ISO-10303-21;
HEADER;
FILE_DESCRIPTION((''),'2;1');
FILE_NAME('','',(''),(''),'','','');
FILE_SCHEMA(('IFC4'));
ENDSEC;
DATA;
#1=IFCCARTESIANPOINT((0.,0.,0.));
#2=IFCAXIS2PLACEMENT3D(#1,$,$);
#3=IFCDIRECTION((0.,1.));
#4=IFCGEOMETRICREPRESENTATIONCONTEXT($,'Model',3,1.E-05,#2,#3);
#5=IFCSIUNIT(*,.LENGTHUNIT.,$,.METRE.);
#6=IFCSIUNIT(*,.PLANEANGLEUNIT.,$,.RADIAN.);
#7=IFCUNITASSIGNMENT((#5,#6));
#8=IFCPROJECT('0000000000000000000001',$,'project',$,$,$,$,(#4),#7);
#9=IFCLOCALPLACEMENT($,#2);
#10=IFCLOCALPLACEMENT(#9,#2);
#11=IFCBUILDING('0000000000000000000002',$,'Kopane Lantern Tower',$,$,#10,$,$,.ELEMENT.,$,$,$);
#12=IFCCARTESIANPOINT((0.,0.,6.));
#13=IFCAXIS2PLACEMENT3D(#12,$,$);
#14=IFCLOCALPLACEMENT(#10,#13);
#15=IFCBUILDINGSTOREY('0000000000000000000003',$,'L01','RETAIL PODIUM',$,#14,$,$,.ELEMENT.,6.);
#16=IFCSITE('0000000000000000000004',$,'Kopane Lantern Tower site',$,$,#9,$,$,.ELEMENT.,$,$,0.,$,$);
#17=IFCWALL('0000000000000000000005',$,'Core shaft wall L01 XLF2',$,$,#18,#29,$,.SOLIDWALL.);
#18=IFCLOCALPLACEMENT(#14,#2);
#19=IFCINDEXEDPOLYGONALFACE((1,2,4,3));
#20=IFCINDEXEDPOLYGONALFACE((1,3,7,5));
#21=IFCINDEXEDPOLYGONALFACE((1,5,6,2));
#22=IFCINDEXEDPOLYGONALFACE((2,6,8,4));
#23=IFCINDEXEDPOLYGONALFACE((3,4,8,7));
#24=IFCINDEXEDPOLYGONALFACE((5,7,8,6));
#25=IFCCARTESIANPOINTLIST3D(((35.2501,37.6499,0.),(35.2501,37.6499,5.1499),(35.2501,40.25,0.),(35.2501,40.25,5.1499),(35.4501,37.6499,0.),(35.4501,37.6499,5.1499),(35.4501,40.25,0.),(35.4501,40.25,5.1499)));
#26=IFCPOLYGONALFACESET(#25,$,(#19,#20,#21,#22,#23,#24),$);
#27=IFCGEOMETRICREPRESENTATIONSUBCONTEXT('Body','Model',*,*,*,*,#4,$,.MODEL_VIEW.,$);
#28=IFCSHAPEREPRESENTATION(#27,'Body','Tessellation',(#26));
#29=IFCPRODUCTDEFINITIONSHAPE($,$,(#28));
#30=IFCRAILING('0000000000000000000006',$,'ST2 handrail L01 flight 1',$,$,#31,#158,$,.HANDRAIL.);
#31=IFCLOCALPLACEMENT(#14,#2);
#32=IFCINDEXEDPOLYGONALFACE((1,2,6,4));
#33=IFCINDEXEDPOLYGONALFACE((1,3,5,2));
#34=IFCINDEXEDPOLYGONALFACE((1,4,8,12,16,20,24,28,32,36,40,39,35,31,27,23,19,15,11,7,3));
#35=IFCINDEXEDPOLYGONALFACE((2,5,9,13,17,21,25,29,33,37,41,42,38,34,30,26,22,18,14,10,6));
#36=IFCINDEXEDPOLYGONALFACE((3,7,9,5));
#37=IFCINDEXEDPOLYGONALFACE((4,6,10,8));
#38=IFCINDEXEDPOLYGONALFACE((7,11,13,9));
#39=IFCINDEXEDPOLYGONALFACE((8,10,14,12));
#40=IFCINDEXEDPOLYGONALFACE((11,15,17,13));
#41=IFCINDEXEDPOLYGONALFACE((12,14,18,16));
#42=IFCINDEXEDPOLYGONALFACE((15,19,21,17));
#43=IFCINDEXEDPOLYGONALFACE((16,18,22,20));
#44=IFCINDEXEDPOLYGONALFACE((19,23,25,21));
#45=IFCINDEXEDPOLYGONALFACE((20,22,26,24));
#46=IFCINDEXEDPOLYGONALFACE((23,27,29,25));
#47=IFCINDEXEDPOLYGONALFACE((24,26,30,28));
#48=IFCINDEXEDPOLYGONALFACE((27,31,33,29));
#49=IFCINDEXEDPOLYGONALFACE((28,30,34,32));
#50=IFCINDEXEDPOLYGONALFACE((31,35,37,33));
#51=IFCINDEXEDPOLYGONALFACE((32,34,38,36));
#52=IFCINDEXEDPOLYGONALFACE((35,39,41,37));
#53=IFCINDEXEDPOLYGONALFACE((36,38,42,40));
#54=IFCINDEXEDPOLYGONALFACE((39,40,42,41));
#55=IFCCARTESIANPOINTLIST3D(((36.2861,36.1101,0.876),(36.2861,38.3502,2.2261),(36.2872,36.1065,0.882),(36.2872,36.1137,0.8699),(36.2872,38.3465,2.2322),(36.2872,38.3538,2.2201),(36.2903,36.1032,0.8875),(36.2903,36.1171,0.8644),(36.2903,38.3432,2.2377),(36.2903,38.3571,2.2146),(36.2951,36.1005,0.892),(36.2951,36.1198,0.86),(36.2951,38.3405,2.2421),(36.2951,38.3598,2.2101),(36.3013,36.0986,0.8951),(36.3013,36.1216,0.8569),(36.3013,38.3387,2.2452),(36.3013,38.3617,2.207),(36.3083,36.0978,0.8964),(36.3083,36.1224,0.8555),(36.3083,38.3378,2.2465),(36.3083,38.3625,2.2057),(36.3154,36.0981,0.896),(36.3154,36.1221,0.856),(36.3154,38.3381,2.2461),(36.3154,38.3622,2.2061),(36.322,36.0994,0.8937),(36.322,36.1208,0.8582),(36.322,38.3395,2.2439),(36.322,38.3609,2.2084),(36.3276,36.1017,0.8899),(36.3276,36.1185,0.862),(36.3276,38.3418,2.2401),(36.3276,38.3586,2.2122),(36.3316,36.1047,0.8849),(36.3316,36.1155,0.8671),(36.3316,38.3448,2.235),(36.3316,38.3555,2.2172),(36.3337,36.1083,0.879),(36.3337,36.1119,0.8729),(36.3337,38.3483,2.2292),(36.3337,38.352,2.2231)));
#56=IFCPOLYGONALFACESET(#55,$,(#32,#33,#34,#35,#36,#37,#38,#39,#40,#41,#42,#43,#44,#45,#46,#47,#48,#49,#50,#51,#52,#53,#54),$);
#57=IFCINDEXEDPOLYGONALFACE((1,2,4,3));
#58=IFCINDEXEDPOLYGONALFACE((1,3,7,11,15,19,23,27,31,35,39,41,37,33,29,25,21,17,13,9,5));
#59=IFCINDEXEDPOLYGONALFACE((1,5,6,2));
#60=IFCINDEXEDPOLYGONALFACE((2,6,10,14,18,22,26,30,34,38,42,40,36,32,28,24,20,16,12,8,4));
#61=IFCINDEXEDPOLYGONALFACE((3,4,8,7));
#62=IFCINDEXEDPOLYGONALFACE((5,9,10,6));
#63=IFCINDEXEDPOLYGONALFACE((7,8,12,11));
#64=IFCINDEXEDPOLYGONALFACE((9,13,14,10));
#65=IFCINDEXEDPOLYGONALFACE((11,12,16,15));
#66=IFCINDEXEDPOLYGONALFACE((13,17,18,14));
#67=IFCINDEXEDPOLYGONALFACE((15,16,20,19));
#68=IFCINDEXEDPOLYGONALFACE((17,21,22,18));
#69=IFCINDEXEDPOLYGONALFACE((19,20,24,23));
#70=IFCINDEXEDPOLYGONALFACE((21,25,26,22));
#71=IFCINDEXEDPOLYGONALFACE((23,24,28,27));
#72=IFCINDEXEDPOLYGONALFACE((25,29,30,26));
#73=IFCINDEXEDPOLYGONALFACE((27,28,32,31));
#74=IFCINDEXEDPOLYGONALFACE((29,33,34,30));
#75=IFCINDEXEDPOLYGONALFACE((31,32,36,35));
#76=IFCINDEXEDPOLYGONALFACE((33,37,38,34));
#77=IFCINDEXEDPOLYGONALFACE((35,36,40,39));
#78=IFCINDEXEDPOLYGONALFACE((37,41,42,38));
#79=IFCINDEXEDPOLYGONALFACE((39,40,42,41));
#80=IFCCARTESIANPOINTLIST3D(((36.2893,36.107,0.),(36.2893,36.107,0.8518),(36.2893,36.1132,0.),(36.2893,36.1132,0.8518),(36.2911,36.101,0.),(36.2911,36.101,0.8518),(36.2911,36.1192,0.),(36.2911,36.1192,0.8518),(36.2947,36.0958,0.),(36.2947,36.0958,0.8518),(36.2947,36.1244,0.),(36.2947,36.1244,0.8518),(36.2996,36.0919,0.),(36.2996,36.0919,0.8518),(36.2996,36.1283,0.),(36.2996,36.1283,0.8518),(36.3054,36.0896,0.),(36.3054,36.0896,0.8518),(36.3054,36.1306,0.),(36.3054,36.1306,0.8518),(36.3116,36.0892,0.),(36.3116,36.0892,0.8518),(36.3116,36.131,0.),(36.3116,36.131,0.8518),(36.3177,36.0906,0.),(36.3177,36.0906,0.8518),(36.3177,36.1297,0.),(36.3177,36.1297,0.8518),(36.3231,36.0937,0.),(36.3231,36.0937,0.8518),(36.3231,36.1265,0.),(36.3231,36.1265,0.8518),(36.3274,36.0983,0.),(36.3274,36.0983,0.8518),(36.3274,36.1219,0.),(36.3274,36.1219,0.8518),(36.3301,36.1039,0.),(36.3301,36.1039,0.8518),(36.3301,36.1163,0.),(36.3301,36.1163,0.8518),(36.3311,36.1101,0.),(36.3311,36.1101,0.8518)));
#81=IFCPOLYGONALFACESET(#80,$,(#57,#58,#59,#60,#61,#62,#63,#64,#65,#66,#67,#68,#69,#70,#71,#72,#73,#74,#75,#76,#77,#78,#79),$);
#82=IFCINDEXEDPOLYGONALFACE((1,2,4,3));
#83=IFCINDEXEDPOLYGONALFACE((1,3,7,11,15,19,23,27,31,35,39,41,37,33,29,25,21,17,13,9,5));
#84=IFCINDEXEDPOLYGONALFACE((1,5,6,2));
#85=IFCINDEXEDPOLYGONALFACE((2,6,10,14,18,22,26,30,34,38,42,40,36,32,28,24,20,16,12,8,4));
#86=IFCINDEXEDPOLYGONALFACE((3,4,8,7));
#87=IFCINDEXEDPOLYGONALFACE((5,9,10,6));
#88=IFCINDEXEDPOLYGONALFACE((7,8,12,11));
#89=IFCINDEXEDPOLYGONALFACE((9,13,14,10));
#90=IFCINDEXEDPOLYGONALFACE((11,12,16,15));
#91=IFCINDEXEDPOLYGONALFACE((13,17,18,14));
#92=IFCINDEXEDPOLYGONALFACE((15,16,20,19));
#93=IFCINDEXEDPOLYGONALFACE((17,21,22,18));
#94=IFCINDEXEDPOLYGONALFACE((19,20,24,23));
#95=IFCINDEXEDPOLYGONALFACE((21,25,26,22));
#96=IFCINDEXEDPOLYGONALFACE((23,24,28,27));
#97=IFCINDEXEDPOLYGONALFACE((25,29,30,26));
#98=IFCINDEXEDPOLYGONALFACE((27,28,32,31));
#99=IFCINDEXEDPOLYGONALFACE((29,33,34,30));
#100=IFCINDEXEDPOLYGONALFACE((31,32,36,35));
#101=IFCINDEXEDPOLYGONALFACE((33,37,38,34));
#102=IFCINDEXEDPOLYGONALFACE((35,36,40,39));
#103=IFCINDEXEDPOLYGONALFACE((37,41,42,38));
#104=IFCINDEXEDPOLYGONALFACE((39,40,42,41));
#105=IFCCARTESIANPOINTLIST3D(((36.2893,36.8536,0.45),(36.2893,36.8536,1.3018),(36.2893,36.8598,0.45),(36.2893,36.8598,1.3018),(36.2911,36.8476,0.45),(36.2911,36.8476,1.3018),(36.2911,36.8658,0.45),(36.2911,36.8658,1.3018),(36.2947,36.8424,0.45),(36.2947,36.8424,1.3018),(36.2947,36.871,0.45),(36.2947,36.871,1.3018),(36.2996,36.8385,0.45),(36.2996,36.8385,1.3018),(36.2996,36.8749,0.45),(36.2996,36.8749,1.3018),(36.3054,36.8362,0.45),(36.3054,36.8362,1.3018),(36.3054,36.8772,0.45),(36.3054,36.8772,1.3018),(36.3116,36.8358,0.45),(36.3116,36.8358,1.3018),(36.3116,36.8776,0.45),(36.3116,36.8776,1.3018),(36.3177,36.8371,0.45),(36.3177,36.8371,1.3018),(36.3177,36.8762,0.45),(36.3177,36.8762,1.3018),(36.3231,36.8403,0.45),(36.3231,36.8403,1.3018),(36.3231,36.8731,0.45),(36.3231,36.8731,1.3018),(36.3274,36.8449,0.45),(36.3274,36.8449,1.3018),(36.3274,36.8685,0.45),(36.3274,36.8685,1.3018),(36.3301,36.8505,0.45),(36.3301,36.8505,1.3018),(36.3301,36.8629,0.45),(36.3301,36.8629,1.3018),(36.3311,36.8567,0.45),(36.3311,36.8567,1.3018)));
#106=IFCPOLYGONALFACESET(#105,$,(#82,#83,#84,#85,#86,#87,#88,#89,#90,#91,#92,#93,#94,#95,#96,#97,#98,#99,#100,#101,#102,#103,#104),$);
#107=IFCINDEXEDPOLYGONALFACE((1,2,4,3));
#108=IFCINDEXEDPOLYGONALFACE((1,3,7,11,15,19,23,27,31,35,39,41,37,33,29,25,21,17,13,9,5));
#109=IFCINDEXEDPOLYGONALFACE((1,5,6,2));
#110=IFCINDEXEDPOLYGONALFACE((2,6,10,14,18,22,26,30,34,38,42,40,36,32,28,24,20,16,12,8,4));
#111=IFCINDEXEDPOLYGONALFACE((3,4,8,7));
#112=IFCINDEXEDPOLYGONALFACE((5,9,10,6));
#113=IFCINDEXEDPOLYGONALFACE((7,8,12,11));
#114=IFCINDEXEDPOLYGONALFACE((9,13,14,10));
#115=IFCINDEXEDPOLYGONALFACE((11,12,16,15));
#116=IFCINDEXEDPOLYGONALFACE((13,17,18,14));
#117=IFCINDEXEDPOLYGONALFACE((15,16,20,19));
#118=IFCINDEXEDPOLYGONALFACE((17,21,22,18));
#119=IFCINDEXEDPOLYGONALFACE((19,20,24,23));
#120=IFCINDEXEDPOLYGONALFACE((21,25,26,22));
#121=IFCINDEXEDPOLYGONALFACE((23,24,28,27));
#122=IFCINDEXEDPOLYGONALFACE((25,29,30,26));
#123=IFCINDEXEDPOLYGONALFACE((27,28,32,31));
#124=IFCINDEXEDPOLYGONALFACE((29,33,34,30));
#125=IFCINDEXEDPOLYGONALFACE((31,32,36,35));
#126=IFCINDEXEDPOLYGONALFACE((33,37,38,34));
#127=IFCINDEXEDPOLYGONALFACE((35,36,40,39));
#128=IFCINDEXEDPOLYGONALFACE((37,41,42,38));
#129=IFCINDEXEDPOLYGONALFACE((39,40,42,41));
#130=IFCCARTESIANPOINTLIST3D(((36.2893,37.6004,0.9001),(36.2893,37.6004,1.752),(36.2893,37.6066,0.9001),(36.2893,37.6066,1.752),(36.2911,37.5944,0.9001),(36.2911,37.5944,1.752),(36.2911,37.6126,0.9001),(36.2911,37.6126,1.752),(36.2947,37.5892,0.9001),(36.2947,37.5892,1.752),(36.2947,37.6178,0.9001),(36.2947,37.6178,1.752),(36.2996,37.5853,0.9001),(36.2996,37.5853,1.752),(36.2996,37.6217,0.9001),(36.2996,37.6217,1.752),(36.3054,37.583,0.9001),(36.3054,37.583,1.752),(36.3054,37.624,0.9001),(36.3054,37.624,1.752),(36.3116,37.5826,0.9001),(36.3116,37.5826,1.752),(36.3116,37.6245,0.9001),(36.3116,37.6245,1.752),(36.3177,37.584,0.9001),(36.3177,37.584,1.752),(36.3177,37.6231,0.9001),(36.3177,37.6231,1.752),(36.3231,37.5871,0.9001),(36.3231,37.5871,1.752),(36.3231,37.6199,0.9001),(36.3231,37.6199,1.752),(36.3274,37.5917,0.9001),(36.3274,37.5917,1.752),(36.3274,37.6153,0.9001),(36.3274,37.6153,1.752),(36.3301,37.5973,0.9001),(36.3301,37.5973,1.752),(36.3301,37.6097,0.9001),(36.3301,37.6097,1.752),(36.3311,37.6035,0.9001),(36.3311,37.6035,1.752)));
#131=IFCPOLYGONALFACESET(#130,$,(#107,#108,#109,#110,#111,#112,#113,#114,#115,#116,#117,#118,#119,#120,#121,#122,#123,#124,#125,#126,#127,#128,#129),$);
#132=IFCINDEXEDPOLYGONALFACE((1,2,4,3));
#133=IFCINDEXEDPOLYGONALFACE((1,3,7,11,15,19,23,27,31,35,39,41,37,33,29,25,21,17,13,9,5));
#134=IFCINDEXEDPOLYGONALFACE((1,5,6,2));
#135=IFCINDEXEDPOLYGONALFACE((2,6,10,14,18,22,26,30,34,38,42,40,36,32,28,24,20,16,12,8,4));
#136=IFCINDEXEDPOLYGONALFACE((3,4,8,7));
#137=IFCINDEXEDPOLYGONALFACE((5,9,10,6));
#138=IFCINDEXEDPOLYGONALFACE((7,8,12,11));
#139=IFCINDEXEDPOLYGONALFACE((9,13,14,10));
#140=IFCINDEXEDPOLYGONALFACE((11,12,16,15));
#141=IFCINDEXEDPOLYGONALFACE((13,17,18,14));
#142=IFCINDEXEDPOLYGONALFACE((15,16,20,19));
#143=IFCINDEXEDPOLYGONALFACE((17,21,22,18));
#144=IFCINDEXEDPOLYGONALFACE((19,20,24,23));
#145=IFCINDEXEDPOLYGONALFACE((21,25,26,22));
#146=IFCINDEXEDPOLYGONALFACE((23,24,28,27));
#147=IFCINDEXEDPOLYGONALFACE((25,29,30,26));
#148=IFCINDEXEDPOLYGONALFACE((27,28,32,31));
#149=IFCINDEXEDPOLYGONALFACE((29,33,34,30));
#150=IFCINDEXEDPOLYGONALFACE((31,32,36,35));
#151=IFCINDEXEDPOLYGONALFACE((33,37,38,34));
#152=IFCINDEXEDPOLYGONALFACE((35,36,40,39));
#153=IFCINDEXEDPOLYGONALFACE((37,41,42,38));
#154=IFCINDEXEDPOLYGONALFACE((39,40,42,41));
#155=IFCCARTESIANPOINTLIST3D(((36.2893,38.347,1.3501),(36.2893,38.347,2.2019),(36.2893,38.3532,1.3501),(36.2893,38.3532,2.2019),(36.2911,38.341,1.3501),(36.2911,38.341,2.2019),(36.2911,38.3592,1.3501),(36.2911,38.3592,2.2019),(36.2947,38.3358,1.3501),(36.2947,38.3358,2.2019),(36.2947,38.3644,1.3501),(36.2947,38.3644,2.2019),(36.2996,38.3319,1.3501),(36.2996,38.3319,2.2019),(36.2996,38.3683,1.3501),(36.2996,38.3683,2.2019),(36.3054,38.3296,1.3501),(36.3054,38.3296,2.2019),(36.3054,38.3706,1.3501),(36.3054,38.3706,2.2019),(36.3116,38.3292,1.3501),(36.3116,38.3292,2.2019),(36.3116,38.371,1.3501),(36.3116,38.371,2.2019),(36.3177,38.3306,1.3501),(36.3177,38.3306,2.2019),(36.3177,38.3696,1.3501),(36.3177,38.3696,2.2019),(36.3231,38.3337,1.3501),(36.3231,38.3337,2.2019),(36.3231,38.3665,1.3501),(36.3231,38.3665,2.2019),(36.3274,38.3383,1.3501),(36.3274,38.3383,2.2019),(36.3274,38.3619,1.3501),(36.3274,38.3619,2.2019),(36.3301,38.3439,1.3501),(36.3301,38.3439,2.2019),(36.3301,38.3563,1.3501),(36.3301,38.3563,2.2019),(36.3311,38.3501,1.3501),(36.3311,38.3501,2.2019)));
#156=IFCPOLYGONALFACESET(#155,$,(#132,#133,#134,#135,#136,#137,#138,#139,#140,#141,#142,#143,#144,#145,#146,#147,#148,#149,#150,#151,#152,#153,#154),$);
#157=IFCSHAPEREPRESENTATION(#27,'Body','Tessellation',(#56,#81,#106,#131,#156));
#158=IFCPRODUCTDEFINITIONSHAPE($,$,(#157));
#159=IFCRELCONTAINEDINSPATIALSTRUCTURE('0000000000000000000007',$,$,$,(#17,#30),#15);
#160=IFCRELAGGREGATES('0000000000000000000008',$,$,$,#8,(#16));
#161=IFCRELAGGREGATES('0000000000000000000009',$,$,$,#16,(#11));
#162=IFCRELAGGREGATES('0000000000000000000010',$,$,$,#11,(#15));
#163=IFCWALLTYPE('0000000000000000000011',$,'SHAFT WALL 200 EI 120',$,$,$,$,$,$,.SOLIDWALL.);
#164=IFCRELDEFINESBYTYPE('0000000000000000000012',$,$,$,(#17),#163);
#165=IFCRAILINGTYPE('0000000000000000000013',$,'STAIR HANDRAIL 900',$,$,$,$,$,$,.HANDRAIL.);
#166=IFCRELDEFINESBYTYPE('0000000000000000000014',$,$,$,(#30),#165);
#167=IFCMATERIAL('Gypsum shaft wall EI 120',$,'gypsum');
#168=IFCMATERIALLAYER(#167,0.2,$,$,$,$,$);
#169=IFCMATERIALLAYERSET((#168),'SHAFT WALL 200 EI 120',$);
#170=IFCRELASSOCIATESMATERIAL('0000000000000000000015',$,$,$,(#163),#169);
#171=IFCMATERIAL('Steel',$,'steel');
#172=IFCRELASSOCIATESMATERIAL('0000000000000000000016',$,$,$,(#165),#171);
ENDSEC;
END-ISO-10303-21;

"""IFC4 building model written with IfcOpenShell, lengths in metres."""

from ifc_helpers import new_model, si_unit, direction, frame, frame_2d, origin, origin_2d, place, context, subcontext, project, spatial, rectangle, circle, extrude, material, layer, layer_set, type_object, element, save


model = new_model("IFC4")

# Units and contexts
model_context = context("Model", 3, precision=1e-05, world=origin(), true_north=direction((0.0, 1.0)))
body_context = subcontext(model_context, "Body", "Model", "MODEL_VIEW")
ifc_project = project(units=[si_unit("LENGTHUNIT", "METRE"), si_unit("PLANEANGLEUNIT", "RADIAN")], contexts=[model_context])

# Site, building, storey
site_placement = place(None, origin())
site = spatial("IfcSite", under=ifc_project, at=site_placement, Name="Kopane Lantern Tower site", CompositionType="ELEMENT", RefElevation=0.0)
building_placement = place(site_placement, origin())
building = spatial("IfcBuilding", under=site, at=building_placement, Name="Kopane Lantern Tower", CompositionType="ELEMENT")
storey_placement = place(building_placement, frame((0.0, 0.0, 6.0)))
storey = spatial("IfcBuildingStorey", under=building, at=storey_placement, Name="L01", Description="RETAIL PODIUM", CompositionType="ELEMENT", Elevation=6.0)

# Shared definitions
ifc_material_1 = material(Name="Gypsum shaft wall EI 120", Category="gypsum")
ifc_layer_1 = layer(ifc_material_1, 0.2)
ifc_layer_set_1 = layer_set([ifc_layer_1], Name="SHAFT WALL 200 EI 120")
wall_type_1 = type_object("IfcWallType", Name="SHAFT WALL 200 EI 120", PredefinedType="SOLIDWALL", material=ifc_layer_set_1)

# Wall
wall_1_placement = place(storey_placement, frame((35.3501, 37.6499, 0.0), z_axis=(0.0, 0.0, 1.0), x_axis=(0.0, 1.0, 0.0)))
element("IfcWall", 1, at=wall_1_placement, inside=storey, type_object=wall_type_1, Name="Core shaft wall L01 XLF2", PredefinedType="SOLIDWALL", context=body_context, shape_type="SweptSolid", body=[
    extrude(rectangle(XDim=2.6001, YDim=0.2, at=frame_2d((1.3, 0.0))), origin(), (0.0, 0.0, 1.0), 5.1499),
])

# Railing
ifc_material_2 = material(Name="Steel", Category="steel")
railing_type_1 = type_object("IfcRailingType", Name="STAIR HANDRAIL 900", PredefinedType="HANDRAIL", material=ifc_material_2)
for number, where, name in (
    (2, (36.3101, 36.1101, 0.0), "ST2 handrail L01 flight 1"),
):
    element("IfcRailing", number, at=place(storey_placement, frame(where)), inside=storey, type_object=railing_type_1, Name=name, PredefinedType="HANDRAIL", context=body_context, shape_type="SweptSolid", body=[
        extrude(circle(Radius=0.0239, at=origin_2d()), frame((0.0, 0.0, 0.876), z_axis=(0.0, 0.856462, 0.516211), x_axis=(-1.0, 0.0, 0.0)), (0.0, 0.0, 1.0), 2.6155),
        extrude(circle(Radius=0.021, at=origin_2d()), origin(), (0.0, 0.0, 1.0), 0.8518),
        extrude(circle(Radius=0.021, at=origin_2d()), frame((0.0, 0.7466, 0.45)), (0.0, 0.0, 1.0), 0.8518),
        extrude(circle(Radius=0.021, at=origin_2d()), frame((0.0, 1.4934, 0.9001)), (0.0, 0.0, 1.0), 0.8518),
        extrude(circle(Radius=0.021, at=origin_2d()), frame((0.0, 2.24, 1.3501)), (0.0, 0.0, 1.0), 0.8518),
    ])

save(model, "model.ifc")
